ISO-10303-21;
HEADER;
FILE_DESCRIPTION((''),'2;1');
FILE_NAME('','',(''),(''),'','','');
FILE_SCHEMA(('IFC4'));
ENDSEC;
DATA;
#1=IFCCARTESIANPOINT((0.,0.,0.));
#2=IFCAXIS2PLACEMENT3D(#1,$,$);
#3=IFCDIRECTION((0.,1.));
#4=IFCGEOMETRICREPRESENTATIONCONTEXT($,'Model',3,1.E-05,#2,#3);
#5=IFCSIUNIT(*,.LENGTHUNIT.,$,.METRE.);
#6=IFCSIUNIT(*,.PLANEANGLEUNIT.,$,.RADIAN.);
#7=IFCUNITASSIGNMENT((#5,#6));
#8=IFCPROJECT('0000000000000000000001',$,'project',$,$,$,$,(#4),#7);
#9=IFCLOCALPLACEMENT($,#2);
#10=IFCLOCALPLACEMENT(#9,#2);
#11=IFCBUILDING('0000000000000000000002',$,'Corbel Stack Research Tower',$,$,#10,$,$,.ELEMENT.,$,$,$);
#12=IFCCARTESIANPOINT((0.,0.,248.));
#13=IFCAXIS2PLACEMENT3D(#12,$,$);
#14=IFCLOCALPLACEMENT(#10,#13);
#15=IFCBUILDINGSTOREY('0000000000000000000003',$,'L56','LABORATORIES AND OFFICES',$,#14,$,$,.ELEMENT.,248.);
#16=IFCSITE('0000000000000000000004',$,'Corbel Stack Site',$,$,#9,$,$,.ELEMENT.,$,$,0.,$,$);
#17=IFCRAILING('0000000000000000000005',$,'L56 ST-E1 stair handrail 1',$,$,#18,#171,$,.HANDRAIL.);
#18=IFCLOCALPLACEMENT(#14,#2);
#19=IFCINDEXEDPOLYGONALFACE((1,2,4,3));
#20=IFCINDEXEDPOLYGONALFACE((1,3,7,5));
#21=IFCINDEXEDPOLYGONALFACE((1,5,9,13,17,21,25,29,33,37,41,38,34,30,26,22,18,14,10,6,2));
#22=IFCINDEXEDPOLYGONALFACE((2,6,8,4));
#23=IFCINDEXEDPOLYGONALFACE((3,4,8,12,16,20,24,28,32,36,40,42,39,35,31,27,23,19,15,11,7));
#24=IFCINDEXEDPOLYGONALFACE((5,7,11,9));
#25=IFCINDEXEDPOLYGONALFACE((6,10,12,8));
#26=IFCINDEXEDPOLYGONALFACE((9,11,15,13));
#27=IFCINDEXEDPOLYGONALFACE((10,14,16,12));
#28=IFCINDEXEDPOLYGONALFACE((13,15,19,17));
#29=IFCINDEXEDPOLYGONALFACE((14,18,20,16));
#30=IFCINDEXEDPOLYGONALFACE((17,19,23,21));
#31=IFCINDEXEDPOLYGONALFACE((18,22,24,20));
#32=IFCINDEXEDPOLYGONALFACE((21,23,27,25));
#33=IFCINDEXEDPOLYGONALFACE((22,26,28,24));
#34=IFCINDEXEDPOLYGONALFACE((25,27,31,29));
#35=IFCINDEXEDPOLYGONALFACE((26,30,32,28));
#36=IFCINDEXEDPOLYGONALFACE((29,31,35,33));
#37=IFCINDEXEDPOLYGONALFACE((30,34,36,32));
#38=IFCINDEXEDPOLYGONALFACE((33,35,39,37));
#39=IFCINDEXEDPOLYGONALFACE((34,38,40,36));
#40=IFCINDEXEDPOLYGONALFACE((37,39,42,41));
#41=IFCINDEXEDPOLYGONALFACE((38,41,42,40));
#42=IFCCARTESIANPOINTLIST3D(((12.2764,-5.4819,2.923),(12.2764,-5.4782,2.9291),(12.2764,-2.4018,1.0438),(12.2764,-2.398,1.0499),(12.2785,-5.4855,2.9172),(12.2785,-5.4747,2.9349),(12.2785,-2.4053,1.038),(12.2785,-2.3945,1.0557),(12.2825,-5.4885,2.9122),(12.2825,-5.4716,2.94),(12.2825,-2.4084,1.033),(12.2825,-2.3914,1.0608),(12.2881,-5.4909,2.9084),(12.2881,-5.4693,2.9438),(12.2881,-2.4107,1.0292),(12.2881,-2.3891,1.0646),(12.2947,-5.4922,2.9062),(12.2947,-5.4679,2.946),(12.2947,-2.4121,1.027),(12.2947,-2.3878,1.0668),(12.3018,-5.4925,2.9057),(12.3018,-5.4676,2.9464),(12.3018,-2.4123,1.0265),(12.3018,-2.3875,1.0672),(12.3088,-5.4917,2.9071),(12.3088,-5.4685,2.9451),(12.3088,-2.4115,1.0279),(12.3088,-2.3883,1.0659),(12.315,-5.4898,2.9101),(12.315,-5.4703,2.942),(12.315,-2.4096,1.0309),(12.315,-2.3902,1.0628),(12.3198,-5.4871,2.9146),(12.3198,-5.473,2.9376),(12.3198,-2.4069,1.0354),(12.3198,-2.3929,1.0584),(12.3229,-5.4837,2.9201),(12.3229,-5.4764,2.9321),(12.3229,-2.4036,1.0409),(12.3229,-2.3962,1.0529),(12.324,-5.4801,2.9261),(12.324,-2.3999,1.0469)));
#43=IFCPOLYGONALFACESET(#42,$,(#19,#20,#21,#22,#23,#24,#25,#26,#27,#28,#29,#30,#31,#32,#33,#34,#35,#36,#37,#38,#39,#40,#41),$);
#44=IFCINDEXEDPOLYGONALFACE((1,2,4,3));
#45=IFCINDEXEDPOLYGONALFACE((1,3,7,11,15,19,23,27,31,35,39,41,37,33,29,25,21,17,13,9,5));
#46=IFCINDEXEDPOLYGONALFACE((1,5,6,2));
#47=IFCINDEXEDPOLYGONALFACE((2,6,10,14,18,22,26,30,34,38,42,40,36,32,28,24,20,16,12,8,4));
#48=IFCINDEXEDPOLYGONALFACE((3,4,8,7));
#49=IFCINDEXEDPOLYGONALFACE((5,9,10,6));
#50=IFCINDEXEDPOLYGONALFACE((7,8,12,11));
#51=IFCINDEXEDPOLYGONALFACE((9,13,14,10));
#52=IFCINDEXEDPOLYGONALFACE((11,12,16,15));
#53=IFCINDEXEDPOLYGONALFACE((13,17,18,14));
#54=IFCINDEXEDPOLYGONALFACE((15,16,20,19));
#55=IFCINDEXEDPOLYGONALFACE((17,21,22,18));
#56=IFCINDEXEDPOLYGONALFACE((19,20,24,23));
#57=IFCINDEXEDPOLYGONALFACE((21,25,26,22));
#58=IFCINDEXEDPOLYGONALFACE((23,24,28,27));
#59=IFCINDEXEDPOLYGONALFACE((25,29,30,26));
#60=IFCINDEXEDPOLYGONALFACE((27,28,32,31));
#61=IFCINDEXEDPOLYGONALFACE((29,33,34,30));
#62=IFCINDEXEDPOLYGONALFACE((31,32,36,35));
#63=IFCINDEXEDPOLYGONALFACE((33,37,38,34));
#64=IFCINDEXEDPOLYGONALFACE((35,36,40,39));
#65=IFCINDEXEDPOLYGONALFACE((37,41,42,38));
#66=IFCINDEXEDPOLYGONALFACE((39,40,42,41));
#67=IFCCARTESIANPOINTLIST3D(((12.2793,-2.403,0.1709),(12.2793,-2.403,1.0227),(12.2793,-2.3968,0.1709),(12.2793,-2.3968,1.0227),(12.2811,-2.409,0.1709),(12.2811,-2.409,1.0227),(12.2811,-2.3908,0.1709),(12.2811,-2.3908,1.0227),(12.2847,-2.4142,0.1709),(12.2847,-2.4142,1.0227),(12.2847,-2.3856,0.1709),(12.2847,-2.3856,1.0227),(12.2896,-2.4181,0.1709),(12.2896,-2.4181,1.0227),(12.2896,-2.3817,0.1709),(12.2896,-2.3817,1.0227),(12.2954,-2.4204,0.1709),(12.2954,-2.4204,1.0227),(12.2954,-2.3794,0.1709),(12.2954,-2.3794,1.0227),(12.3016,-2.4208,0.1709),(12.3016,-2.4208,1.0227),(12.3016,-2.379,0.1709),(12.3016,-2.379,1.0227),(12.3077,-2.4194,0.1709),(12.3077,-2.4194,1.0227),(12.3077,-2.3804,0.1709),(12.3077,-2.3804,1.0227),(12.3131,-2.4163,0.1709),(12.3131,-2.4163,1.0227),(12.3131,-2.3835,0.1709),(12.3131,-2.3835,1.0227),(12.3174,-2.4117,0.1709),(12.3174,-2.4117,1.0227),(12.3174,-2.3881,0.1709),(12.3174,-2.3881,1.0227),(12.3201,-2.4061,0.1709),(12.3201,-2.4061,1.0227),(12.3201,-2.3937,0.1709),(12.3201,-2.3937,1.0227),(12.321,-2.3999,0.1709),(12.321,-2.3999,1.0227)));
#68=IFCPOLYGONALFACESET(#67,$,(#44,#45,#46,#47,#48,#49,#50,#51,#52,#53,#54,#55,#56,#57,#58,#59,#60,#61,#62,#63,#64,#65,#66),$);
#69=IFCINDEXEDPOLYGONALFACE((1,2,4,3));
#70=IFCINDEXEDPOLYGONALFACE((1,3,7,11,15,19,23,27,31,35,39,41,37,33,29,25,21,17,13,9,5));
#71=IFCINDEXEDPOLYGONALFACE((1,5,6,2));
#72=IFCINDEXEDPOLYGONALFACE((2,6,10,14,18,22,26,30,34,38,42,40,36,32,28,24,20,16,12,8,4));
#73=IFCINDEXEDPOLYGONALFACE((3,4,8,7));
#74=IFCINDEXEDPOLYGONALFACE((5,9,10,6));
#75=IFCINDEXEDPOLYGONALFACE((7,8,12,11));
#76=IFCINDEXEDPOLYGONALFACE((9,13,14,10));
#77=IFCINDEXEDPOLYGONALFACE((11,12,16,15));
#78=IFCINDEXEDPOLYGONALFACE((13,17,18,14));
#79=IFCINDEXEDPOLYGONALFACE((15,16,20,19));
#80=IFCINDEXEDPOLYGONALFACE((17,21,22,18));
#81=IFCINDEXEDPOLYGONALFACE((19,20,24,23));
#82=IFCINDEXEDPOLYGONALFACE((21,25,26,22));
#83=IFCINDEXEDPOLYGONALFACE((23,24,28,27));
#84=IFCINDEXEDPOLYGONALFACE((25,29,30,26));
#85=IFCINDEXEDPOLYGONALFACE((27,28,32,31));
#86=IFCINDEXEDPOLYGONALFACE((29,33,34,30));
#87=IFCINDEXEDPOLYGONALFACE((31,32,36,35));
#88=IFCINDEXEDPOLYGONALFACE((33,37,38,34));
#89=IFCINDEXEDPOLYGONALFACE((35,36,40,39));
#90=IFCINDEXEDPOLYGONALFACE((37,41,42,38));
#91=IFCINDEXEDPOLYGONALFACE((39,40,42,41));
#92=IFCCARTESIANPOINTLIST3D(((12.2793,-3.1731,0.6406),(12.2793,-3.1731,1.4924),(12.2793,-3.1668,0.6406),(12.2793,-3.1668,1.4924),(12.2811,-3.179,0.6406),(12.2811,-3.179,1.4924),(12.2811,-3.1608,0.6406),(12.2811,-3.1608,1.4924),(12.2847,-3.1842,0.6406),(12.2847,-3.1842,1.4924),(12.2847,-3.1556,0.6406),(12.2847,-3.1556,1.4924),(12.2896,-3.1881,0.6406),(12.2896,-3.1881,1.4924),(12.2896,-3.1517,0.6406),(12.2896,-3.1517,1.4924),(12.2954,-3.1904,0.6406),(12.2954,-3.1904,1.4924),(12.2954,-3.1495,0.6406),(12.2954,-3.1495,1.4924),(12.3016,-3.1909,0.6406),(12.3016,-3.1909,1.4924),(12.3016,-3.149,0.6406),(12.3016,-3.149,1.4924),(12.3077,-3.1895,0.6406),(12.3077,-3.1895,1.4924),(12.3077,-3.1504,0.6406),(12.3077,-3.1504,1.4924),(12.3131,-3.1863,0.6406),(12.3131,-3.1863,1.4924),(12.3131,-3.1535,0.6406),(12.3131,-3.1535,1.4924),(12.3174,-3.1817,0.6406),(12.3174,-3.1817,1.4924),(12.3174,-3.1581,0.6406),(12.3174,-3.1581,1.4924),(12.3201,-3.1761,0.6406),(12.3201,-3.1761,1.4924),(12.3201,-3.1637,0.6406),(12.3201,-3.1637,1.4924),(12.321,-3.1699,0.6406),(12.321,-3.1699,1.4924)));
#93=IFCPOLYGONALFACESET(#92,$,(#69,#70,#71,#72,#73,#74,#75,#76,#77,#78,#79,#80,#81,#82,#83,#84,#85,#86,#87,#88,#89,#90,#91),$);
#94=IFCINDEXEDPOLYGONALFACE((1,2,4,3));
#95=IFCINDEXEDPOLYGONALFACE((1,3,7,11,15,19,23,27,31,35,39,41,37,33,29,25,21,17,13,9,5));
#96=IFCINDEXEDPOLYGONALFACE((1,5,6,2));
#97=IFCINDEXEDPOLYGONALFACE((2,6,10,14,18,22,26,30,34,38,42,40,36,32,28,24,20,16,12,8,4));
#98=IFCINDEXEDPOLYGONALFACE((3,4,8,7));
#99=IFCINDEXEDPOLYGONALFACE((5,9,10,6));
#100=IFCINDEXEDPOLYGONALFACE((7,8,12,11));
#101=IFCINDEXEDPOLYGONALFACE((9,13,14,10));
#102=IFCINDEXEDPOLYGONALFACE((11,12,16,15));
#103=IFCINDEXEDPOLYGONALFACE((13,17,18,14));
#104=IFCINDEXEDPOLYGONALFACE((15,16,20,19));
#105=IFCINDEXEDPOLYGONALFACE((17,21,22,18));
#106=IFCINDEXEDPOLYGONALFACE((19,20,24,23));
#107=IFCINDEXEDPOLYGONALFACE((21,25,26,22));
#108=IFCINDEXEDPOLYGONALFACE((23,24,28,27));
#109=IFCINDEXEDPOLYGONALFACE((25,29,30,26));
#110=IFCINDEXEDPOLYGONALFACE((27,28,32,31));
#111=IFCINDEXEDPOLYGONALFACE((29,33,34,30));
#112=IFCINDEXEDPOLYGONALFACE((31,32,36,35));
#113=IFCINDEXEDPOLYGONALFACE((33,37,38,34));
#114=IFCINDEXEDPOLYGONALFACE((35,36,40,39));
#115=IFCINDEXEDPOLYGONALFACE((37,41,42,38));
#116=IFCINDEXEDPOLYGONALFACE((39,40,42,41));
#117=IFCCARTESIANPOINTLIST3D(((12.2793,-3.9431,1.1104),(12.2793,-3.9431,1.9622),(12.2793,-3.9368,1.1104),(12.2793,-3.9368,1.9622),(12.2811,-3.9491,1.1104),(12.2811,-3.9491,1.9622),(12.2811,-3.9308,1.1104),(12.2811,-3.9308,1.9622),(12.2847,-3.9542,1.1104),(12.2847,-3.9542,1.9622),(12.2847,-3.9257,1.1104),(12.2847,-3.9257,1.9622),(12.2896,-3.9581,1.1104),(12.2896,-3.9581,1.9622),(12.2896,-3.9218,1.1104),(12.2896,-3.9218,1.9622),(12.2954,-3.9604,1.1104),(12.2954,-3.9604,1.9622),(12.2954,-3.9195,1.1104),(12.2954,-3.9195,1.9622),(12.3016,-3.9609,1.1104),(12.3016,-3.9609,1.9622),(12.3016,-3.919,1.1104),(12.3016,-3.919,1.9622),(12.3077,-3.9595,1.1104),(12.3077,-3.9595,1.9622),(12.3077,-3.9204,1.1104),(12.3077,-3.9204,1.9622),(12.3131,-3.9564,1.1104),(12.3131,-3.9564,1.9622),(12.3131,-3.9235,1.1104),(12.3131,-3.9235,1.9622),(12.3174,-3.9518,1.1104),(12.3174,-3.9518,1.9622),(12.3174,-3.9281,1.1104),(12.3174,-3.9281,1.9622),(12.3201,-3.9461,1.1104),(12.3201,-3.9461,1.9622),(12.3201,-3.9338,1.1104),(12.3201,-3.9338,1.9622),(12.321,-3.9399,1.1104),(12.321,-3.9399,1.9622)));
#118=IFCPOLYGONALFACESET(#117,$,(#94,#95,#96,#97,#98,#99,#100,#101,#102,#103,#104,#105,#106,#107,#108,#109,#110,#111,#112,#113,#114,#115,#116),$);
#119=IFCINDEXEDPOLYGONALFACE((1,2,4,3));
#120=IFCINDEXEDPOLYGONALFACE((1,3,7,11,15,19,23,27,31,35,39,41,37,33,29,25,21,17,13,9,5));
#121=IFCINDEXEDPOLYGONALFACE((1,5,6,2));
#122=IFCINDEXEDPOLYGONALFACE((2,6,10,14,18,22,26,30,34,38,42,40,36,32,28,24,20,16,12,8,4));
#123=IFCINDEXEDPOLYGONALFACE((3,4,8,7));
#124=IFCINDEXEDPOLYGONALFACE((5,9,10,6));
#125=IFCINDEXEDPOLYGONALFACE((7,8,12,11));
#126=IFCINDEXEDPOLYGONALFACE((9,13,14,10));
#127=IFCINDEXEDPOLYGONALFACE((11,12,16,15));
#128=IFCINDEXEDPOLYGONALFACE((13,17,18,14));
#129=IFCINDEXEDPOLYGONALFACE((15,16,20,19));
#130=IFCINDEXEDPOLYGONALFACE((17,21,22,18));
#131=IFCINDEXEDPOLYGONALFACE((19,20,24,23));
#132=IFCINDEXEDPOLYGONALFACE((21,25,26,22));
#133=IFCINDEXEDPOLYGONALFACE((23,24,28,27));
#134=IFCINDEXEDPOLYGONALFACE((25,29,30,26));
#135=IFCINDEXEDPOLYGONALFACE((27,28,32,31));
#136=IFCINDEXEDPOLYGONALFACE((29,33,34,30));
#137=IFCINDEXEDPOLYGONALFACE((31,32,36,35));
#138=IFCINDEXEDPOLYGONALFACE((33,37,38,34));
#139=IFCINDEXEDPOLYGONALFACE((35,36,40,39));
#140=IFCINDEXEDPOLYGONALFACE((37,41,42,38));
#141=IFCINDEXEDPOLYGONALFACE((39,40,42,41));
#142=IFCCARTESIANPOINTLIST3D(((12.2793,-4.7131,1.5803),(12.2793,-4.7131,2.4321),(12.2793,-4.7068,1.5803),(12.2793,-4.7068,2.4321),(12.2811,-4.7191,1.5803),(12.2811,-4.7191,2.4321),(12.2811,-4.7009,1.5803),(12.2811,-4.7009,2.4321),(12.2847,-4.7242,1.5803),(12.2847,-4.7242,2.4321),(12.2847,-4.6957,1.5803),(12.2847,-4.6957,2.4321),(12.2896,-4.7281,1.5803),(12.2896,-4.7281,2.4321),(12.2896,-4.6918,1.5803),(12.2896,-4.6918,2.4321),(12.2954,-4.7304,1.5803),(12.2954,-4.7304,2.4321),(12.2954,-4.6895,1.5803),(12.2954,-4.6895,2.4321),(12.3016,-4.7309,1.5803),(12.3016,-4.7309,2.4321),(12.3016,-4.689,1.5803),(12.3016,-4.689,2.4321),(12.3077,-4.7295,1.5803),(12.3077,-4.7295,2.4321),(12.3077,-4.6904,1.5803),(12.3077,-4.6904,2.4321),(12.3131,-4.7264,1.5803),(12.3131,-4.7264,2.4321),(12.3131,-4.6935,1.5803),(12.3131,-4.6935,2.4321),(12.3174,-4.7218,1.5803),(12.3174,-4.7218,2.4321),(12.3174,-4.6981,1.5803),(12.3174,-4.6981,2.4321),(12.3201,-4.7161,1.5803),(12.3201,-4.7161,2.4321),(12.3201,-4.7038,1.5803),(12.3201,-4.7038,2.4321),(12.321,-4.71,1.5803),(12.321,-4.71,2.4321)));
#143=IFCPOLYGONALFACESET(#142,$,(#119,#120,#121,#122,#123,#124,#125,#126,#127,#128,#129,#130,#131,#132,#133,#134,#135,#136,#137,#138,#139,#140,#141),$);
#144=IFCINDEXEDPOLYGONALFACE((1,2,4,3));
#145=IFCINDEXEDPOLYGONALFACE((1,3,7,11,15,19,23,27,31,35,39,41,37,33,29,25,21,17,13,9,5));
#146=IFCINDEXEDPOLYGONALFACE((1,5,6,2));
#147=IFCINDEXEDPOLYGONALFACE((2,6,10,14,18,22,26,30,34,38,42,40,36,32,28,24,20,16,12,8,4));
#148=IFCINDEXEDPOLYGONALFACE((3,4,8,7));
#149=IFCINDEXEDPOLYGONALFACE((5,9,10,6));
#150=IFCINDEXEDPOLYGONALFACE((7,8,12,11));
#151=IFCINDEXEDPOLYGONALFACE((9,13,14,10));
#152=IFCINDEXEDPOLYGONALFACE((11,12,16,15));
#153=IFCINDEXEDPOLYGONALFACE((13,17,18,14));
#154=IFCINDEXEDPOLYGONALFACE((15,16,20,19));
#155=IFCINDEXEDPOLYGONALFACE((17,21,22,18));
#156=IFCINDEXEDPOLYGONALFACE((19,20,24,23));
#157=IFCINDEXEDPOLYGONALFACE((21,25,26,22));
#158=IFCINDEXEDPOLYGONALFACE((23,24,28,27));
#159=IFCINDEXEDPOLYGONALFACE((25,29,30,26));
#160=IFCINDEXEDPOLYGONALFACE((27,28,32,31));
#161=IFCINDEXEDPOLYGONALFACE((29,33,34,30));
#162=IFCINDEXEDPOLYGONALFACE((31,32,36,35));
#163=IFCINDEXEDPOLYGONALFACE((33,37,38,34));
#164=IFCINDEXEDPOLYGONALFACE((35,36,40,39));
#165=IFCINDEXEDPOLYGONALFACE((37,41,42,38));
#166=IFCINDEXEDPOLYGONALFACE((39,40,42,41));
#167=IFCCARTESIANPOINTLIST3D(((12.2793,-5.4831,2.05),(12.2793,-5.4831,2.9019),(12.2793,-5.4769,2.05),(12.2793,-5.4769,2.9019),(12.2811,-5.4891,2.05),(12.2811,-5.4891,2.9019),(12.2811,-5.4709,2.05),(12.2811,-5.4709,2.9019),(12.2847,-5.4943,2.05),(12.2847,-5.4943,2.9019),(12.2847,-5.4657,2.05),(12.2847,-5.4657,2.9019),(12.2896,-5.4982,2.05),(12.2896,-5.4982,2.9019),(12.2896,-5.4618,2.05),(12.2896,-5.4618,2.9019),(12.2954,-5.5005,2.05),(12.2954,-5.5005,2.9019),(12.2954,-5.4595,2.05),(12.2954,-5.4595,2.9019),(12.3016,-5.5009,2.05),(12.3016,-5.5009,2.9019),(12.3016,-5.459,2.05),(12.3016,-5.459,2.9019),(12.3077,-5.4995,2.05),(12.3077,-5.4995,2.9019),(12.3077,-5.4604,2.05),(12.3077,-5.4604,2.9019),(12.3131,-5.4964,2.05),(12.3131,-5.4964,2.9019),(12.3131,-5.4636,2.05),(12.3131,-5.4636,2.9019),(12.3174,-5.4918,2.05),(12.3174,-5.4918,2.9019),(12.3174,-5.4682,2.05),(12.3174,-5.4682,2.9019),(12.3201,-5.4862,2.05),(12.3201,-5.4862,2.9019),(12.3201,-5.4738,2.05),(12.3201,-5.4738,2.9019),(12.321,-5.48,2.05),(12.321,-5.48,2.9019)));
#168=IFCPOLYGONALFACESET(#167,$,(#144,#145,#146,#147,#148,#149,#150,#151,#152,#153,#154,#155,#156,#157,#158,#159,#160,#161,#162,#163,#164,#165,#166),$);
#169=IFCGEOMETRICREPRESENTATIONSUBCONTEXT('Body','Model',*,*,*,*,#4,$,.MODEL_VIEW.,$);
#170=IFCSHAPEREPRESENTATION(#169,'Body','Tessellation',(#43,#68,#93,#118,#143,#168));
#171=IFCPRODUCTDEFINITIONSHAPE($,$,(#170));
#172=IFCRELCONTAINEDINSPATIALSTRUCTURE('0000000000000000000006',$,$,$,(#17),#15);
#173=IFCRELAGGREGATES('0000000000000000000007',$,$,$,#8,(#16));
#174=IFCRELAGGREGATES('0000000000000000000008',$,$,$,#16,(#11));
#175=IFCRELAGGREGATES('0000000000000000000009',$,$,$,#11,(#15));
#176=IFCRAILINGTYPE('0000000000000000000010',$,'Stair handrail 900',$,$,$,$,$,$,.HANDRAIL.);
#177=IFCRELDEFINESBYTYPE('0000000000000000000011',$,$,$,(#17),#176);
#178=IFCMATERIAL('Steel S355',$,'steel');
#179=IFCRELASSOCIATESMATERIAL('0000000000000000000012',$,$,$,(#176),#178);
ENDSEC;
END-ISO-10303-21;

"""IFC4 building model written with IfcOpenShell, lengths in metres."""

from ifc_helpers import new_model, si_unit, direction, frame, origin, origin_2d, place, context, subcontext, project, spatial, circle, extrude, material, type_object, element, save


model = new_model("IFC4")

# Units and contexts
model_context = context("Model", 3, precision=1e-05, world=origin(), true_north=direction((0.0, 1.0)))
body_context = subcontext(model_context, "Body", "Model", "MODEL_VIEW")
ifc_project = project(units=[si_unit("LENGTHUNIT", "METRE"), si_unit("PLANEANGLEUNIT", "RADIAN")], contexts=[model_context])

# Site, building, storey
site_placement = place(None, origin())
site = spatial("IfcSite", under=ifc_project, at=site_placement, Name="Corbel Stack Site", CompositionType="ELEMENT", RefElevation=0.0)
building_placement = place(site_placement, origin())
building = spatial("IfcBuilding", under=site, at=building_placement, Name="Corbel Stack Research Tower", CompositionType="ELEMENT")
storey_placement = place(building_placement, frame((0.0, 0.0, 248.0)))
storey = spatial("IfcBuildingStorey", under=building, at=storey_placement, Name="L56", Description="LABORATORIES AND OFFICES", CompositionType="ELEMENT", Elevation=248.0)

# Railing
ifc_material_1 = material(Name="Steel S355", Category="steel")
railing_type_1 = type_object("IfcRailingType", Name="Stair handrail 900", PredefinedType="HANDRAIL", material=ifc_material_1)
railing_1_placement = place(storey_placement, frame((12.3, -2.3999, 0.1709)))
element("IfcRailing", 1, at=railing_1_placement, inside=storey, type_object=railing_type_1, Name="L56 ST-E1 stair handrail 1", PredefinedType="HANDRAIL", context=body_context, shape_type="SweptSolid", body=[
    extrude(circle(Radius=0.0239, at=origin_2d()), frame((0.0, 0.0, 0.876), z_axis=(0.0, -0.853666, 0.52082), x_axis=(1.0, 0.0, 0.0)), (0.0, 0.0, 1.0), 3.6082),
    extrude(circle(Radius=0.021, at=origin_2d()), origin(), (0.0, 0.0, 1.0), 0.8518),
    extrude(circle(Radius=0.021, at=origin_2d()), frame((0.0, -0.77, 0.4697)), (0.0, 0.0, 1.0), 0.8518),
    extrude(circle(Radius=0.021, at=origin_2d()), frame((0.0, -1.54, 0.9395)), (0.0, 0.0, 1.0), 0.8518),
    extrude(circle(Radius=0.021, at=origin_2d()), frame((0.0, -2.3101, 1.4094)), (0.0, 0.0, 1.0), 0.8518),
    extrude(circle(Radius=0.021, at=origin_2d()), frame((0.0, -3.0801, 1.8792)), (0.0, 0.0, 1.0), 0.8518),
])

save(model, "model.ifc")
